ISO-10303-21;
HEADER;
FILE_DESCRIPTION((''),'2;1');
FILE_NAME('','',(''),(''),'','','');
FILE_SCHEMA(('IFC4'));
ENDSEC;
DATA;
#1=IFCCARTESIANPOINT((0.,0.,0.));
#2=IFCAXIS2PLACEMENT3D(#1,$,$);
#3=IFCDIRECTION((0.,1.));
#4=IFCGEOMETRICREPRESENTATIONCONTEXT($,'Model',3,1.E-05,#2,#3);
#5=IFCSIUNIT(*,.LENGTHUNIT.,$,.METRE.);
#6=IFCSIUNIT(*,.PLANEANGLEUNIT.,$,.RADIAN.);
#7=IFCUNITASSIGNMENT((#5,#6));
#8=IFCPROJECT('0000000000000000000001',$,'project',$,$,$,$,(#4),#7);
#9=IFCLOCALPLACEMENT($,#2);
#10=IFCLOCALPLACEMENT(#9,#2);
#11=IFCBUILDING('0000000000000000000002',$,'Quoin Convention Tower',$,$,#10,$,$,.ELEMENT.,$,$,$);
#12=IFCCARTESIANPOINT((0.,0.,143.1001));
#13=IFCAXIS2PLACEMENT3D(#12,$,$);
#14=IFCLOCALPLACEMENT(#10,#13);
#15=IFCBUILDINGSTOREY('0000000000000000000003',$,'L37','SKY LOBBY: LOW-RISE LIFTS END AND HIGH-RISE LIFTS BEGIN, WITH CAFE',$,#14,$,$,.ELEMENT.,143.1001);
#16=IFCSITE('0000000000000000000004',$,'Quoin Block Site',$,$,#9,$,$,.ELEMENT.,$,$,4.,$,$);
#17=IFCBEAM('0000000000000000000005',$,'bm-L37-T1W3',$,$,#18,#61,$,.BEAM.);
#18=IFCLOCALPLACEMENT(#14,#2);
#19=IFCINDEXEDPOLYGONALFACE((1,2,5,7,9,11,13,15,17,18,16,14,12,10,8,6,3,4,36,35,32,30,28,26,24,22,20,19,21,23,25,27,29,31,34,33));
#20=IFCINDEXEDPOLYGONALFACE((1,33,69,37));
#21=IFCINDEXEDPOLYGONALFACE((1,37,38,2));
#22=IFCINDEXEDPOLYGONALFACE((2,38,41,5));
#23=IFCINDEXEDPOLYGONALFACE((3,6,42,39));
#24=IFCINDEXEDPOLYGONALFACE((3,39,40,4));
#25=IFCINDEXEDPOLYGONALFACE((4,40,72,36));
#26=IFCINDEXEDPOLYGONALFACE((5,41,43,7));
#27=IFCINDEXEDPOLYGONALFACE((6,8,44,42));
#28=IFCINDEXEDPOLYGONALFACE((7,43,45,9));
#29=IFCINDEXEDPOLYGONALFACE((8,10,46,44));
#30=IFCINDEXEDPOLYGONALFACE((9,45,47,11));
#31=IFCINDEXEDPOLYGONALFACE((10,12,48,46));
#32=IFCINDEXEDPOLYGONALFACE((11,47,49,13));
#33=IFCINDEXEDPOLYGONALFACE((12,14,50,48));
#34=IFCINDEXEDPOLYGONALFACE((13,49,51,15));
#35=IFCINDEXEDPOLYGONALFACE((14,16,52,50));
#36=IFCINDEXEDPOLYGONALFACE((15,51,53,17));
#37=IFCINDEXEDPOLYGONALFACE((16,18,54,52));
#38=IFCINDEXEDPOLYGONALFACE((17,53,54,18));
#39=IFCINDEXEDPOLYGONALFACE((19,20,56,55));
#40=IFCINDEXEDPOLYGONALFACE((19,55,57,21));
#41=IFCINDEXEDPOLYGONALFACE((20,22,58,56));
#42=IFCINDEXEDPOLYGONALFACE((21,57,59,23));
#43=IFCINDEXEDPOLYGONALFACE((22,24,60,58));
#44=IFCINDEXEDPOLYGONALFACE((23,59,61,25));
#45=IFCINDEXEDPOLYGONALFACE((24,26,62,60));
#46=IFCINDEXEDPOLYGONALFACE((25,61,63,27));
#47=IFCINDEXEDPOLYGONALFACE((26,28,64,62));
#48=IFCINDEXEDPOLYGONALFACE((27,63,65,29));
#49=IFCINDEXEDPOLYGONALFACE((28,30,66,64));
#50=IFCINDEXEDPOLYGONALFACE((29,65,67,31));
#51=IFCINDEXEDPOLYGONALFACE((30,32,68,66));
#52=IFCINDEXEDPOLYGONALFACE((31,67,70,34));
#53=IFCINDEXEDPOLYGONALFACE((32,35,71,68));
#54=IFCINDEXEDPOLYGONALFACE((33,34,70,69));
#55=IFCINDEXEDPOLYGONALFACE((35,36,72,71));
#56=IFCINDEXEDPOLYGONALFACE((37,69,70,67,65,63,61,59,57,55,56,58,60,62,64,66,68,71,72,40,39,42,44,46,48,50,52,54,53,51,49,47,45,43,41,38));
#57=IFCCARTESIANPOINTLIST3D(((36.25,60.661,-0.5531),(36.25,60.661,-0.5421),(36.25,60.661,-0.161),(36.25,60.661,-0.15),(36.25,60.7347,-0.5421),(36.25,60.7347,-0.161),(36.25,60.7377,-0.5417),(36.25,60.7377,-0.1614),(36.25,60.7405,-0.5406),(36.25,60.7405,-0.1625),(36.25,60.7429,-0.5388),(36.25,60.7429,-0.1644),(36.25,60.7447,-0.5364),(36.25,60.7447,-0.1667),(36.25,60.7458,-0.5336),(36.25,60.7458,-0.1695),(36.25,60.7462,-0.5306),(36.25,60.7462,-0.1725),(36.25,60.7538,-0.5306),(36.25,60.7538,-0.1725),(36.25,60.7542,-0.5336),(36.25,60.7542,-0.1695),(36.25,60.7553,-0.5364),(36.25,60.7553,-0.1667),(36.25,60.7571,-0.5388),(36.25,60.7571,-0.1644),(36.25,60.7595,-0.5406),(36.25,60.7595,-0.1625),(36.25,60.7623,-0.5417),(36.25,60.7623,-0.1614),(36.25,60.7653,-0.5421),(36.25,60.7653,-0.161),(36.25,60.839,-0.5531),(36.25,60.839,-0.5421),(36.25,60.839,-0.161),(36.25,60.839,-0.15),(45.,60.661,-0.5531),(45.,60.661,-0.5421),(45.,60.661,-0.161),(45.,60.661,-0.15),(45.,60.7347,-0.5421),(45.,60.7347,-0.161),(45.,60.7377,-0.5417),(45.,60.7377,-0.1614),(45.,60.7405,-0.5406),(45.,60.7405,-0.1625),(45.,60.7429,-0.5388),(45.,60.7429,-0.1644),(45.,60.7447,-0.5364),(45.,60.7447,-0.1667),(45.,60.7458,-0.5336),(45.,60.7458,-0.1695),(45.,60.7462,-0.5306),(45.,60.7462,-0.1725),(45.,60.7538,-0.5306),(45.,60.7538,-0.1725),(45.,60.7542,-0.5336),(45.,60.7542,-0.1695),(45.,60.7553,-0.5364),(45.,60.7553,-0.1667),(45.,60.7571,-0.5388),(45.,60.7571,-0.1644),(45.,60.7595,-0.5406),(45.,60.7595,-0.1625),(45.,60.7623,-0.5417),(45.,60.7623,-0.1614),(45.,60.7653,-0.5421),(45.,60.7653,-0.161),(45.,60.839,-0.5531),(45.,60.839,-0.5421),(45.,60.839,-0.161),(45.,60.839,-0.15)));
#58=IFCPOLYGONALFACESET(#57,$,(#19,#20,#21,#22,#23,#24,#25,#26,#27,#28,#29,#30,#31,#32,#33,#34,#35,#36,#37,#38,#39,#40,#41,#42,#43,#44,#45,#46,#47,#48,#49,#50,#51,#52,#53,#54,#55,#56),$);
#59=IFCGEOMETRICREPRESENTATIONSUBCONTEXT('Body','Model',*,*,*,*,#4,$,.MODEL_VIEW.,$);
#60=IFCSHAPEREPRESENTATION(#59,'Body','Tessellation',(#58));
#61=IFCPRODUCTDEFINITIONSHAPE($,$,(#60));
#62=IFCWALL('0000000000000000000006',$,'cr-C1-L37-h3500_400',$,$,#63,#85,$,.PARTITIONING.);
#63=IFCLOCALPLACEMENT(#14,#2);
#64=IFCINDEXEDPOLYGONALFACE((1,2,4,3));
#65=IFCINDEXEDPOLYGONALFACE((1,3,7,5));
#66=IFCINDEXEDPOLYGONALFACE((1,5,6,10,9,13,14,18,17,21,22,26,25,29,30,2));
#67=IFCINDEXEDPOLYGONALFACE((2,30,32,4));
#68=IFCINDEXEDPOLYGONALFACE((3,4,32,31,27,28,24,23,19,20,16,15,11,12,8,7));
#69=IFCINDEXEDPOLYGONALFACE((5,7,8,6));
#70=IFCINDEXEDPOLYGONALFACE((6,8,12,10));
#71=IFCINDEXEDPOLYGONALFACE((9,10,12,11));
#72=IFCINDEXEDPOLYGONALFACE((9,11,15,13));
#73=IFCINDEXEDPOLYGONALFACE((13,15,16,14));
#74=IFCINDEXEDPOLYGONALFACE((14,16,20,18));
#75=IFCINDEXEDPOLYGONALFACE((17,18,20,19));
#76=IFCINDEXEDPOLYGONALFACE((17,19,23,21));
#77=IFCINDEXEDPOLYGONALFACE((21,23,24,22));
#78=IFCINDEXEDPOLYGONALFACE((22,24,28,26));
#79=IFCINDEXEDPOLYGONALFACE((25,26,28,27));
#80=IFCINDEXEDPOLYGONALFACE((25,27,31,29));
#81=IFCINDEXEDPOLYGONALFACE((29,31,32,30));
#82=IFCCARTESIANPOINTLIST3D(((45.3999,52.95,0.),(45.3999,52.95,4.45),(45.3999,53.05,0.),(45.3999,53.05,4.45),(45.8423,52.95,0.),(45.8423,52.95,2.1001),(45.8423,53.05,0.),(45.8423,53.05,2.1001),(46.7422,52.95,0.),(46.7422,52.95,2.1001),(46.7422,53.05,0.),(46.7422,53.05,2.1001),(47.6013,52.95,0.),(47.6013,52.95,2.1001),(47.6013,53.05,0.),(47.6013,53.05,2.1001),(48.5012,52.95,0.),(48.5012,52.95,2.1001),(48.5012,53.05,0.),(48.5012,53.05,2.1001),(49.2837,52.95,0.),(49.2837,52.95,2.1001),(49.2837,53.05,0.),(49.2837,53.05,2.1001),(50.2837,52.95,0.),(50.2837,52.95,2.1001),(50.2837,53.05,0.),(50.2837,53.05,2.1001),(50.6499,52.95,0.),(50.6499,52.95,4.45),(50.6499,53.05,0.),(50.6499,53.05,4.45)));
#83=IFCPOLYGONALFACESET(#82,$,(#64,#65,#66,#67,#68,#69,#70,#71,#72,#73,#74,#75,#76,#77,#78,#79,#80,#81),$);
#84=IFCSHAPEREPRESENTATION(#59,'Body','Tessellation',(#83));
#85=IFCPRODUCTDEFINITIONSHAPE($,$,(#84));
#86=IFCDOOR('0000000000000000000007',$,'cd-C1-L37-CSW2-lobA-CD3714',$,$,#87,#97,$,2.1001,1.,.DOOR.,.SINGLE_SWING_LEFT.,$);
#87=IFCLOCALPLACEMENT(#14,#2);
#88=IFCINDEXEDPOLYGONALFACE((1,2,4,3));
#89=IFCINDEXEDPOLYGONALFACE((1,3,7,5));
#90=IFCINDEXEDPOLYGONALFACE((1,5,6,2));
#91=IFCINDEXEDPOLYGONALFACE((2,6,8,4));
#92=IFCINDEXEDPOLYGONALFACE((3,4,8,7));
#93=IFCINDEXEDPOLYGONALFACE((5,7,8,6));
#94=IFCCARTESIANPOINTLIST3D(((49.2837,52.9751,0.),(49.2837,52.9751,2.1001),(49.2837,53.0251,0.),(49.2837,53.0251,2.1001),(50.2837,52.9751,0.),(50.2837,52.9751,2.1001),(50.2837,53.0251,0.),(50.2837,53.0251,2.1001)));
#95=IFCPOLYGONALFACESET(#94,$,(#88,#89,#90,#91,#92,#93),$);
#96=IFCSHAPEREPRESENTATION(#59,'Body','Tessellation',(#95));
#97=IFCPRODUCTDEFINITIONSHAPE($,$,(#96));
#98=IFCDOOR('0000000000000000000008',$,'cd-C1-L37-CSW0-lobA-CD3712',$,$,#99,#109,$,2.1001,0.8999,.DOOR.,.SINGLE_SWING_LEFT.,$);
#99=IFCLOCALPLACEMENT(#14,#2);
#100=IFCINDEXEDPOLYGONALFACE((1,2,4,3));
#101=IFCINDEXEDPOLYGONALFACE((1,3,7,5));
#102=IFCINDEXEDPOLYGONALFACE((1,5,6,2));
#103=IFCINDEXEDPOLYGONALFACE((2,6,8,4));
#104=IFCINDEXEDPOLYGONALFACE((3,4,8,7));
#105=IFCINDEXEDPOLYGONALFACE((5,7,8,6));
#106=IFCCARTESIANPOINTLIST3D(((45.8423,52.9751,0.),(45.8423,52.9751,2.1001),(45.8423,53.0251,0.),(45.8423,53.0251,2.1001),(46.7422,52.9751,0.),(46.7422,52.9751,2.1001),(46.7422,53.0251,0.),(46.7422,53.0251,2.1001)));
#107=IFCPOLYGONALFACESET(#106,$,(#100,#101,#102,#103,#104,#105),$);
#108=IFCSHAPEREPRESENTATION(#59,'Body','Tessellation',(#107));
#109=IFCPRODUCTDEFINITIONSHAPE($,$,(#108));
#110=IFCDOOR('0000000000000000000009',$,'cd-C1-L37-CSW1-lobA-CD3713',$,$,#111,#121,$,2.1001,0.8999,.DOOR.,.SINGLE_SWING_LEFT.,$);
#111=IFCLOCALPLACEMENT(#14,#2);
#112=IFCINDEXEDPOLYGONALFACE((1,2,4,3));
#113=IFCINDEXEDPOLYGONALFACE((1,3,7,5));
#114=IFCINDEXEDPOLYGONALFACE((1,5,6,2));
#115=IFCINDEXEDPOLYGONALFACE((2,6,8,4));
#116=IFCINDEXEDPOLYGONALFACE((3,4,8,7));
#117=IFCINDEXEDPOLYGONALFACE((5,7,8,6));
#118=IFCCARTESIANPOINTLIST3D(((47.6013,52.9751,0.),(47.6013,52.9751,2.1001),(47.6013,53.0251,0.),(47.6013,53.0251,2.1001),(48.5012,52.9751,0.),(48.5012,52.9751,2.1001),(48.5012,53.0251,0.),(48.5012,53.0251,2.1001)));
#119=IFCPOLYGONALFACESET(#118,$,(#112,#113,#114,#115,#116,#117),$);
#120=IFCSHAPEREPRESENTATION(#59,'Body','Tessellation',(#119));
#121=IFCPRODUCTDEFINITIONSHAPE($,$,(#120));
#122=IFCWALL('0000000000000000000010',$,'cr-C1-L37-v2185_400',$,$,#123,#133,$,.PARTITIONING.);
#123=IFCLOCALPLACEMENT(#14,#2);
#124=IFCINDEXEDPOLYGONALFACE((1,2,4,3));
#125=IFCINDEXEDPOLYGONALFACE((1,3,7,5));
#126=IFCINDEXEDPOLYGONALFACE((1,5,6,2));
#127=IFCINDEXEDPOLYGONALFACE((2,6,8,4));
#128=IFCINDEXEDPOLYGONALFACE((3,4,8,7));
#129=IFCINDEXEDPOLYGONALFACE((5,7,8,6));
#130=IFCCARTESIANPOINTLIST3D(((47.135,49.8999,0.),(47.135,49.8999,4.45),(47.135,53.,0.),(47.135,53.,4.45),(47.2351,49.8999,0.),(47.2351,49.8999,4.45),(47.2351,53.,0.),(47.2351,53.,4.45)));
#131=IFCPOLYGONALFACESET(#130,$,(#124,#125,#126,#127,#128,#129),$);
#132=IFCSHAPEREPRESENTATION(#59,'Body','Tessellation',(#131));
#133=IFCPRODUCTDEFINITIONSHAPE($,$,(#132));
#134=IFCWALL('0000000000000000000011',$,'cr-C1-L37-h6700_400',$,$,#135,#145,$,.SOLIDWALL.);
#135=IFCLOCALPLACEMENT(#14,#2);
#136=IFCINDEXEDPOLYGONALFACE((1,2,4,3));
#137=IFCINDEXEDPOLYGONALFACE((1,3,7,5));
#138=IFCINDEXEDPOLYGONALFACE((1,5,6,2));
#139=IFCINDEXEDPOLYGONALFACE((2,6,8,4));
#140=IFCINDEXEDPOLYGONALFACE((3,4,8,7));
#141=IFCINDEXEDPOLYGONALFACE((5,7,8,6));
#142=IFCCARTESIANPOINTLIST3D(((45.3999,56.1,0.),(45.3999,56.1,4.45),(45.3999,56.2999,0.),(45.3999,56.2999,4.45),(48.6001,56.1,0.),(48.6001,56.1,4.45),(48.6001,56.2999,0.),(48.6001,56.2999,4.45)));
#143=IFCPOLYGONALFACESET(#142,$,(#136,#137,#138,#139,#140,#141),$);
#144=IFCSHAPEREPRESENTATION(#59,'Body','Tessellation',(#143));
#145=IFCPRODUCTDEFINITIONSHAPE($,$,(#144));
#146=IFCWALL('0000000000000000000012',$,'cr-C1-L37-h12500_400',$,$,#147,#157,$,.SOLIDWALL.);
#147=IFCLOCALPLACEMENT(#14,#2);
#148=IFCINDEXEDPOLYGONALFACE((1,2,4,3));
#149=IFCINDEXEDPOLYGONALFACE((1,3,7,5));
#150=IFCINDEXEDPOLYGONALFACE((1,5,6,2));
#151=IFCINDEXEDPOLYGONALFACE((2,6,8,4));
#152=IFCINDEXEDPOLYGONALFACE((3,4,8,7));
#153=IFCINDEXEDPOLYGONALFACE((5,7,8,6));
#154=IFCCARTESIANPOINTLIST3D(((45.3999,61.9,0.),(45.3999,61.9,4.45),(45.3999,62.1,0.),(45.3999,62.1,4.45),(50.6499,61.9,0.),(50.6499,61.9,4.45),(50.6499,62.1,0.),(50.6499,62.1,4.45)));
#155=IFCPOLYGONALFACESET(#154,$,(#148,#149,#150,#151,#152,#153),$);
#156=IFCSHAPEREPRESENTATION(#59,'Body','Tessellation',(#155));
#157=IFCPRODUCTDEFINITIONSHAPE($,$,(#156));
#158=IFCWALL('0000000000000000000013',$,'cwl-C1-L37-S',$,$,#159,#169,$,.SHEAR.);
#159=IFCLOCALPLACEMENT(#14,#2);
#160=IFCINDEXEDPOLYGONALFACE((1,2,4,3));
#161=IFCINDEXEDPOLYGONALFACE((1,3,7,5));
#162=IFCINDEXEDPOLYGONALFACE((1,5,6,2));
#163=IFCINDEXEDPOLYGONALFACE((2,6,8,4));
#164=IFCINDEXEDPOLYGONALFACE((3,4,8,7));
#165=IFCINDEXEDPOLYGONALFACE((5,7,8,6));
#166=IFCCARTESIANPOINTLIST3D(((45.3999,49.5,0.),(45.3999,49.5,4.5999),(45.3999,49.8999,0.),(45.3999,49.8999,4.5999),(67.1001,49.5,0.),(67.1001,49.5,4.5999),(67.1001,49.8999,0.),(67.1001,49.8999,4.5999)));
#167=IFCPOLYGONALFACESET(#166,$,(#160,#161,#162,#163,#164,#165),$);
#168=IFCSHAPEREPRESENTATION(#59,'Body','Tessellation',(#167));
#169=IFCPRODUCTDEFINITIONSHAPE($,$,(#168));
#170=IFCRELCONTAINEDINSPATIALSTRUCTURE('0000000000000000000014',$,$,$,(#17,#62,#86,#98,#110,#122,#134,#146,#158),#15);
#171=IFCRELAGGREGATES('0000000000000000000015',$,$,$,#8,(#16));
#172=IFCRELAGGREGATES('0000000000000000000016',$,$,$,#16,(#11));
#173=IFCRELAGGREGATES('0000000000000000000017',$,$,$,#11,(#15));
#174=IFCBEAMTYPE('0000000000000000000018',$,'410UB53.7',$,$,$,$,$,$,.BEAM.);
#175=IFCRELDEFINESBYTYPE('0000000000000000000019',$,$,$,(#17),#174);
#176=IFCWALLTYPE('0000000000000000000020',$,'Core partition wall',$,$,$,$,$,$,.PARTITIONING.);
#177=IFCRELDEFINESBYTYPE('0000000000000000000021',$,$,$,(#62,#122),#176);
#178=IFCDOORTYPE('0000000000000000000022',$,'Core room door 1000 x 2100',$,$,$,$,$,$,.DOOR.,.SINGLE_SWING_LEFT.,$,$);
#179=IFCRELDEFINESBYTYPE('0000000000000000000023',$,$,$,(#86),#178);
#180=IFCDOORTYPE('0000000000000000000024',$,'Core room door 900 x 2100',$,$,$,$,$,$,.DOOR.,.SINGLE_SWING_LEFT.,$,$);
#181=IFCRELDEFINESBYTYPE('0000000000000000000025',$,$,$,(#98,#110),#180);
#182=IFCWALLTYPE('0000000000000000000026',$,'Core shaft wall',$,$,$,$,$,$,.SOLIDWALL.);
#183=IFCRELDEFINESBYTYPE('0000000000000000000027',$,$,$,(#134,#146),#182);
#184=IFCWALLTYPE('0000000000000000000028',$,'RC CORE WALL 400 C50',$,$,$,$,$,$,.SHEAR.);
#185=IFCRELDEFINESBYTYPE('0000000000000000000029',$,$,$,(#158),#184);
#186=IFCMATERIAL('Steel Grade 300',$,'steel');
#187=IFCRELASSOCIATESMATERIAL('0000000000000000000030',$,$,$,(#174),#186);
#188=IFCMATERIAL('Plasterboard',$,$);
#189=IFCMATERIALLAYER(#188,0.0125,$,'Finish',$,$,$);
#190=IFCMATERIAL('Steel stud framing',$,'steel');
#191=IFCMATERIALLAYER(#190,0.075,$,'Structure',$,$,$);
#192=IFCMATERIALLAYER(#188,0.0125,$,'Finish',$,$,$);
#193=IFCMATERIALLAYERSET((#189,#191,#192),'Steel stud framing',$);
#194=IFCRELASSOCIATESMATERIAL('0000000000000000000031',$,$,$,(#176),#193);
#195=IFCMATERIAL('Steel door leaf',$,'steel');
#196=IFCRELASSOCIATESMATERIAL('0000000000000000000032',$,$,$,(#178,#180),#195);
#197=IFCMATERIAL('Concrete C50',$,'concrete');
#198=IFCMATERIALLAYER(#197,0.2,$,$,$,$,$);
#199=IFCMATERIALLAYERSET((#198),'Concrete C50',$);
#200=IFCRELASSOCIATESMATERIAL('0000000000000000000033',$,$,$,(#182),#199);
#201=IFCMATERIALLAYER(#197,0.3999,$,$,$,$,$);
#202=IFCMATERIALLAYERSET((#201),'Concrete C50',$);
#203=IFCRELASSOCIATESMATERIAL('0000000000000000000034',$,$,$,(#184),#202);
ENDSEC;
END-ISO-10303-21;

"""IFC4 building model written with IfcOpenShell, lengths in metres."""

from ifc_helpers import new_model, si_unit, direction, frame, frame_2d, origin, origin_2d, place, context, subcontext, project, spatial, rectangle, i_section, extrude, material, layer, layer_set, material_profile, profile_set, type_object, element, fill, save


model = new_model("IFC4")

# Units and contexts
model_context = context("Model", 3, precision=1e-05, world=origin(), true_north=direction((0.0, 1.0)))
body_context = subcontext(model_context, "Body", "Model", "MODEL_VIEW")
ifc_project = project(units=[si_unit("LENGTHUNIT", "METRE"), si_unit("PLANEANGLEUNIT", "RADIAN")], contexts=[model_context])

# Site, building, storey
site_placement = place(None, origin())
site = spatial("IfcSite", under=ifc_project, at=site_placement, Name="Quoin Block Site", CompositionType="ELEMENT", RefElevation=4.0)
building_placement = place(site_placement, origin())
building = spatial("IfcBuilding", under=site, at=building_placement, Name="Quoin Convention Tower", CompositionType="ELEMENT")
storey_placement = place(building_placement, frame((0.0, 0.0, 143.1001)))
storey = spatial("IfcBuildingStorey", under=building, at=storey_placement, Name="L37", Description="SKY LOBBY: LOW-RISE LIFTS END AND HIGH-RISE LIFTS BEGIN, WITH CAFE", CompositionType="ELEMENT", Elevation=143.1001)

# Shared definitions
ifc_material_1 = material(Name="Concrete C50", Category="concrete")

# Beam
ifc_material_2 = material(Name="Steel Grade 300", Category="steel")
ifc_material_profile_1 = material_profile(ifc_material_2, i_section(OverallWidth=0.178, OverallDepth=0.4031, WebThickness=0.0076, FlangeThickness=0.011, FilletRadius=0.0115, at=origin_2d()), Name="410UB53.7")
ifc_profile_set_1 = profile_set([ifc_material_profile_1], Name="Steel Grade 300")
beam_type = type_object("IfcBeamType", Name="410UB53.7", PredefinedType="BEAM", material=ifc_profile_set_1)
for number, where, z_axis, x_axis, name in (
    (1, (36.25, 60.75, -0.3516), (1.0, 0.0, 0.0), (0.0, 1.0, 0.0), "bm-L37-T1W3"),
):
    element("IfcBeam", number, at=place(storey_placement, frame(where, z_axis=z_axis, x_axis=x_axis)), inside=storey, type_object=beam_type, Name=name, PredefinedType="BEAM", context=body_context, shape_type="SweptSolid", body=[
        extrude(i_section(OverallWidth=0.178, OverallDepth=0.4031, WebThickness=0.0076, FlangeThickness=0.011, FilletRadius=0.0115, at=origin_2d()), origin(), (0.0, 0.0, 1.0), 8.75),
    ])

# Wall, openings, doors
ifc_material_3 = material(Name="Plasterboard")
ifc_layer_1 = layer(ifc_material_3, 0.0125, Name="Finish")
ifc_material_4 = material(Name="Steel stud framing", Category="steel")
ifc_layer_2 = layer(ifc_material_4, 0.075, Name="Structure")
ifc_layer_3 = layer(ifc_material_3, 0.0125, Name="Finish")
ifc_layer_set_1 = layer_set([ifc_layer_1, ifc_layer_2, ifc_layer_3], Name="Steel stud framing")
wall_type_1 = type_object("IfcWallType", Name="Core partition wall", PredefinedType="PARTITIONING", material=ifc_layer_set_1)
wall_1_placement = place(storey_placement, frame((45.3999, 53.0, 0.0), z_axis=(0.0, 0.0, 1.0), x_axis=(1.0, 0.0, 0.0)))
wall_1 = element("IfcWall", 2, at=wall_1_placement, inside=storey, type_object=wall_type_1, Name="cr-C1-L37-h3500_400", PredefinedType="PARTITIONING", context=body_context, shape_type="SweptSolid", body=[
    extrude(rectangle(XDim=5.25, YDim=0.1001, at=frame_2d((2.625, 0.0))), origin(), (0.0, 0.0, 1.0), 4.45),
])
opening_1_placement = place(wall_1_placement, frame((0.4424, 0.0, 0.0)))
opening_1 = element("IfcOpeningElement", 3, at=opening_1_placement, cuts=wall_1, PredefinedType="OPENING", context=body_context, shape_type="SweptSolid", body=[
    extrude(rectangle(XDim=0.8999, YDim=2.1001, at=frame_2d((0.45, 1.05))), frame((0.0, 0.0601, 0.0), z_axis=(0.0, -1.0, 0.0), x_axis=(1.0, 0.0, 0.0)), (0.0, 0.0, 1.0), 0.1201),
])
opening_2_placement = place(wall_1_placement, frame((2.2014, 0.0, 0.0)))
opening_2 = element("IfcOpeningElement", 4, at=opening_2_placement, cuts=wall_1, PredefinedType="OPENING", context=body_context, shape_type="SweptSolid", body=[
    extrude(rectangle(XDim=0.8999, YDim=2.1001, at=frame_2d((0.45, 1.05))), frame((0.0, 0.0601, 0.0), z_axis=(0.0, -1.0, 0.0), x_axis=(1.0, 0.0, 0.0)), (0.0, 0.0, 1.0), 0.1201),
])
opening_3_placement = place(wall_1_placement, frame((3.8838, 0.0, 0.0)))
opening_3 = element("IfcOpeningElement", 5, at=opening_3_placement, cuts=wall_1, PredefinedType="OPENING", context=body_context, shape_type="SweptSolid", body=[
    extrude(rectangle(XDim=1.0, YDim=2.1001, at=frame_2d((0.5, 1.05))), frame((0.0, 0.0601, 0.0), z_axis=(0.0, -1.0, 0.0), x_axis=(1.0, 0.0, 0.0)), (0.0, 0.0, 1.0), 0.1201),
])
ifc_material_5 = material(Name="Steel door leaf", Category="steel")
door_type_1 = type_object("IfcDoorType", Name="Core room door 1000 x 2100", OperationType="SINGLE_SWING_LEFT", PredefinedType="DOOR", material=ifc_material_5)
door_1_placement = place(opening_3_placement, frame((1.0, 0.0, 0.0), z_axis=(0.0, 0.0, 1.0), x_axis=(-1.0, 0.0, 0.0)))
door_1 = element("IfcDoor", 6, at=door_1_placement, inside=storey, type_object=door_type_1, Name="cd-C1-L37-CSW2-lobA-CD3714", OperationType="SINGLE_SWING_LEFT", OverallHeight=2.1001, OverallWidth=1.0, PredefinedType="DOOR", context=body_context, shape_type="SweptSolid", body=[
    extrude(rectangle(XDim=1.0, YDim=2.1001, at=frame_2d((0.5, 1.05))), frame((0.0, 0.0249, 0.0), z_axis=(0.0, -1.0, 0.0), x_axis=(1.0, 0.0, 0.0)), (0.0, 0.0, 1.0), 0.05),
])
fill(opening_3, door_1)
door_type_2 = type_object("IfcDoorType", Name="Core room door 900 x 2100", OperationType="SINGLE_SWING_LEFT", PredefinedType="DOOR", material=ifc_material_5)
door_2_placement = place(opening_1_placement, frame((0.8999, 0.0, 0.0), z_axis=(0.0, 0.0, 1.0), x_axis=(-1.0, 0.0, 0.0)))
door_2 = element("IfcDoor", 7, at=door_2_placement, inside=storey, type_object=door_type_2, Name="cd-C1-L37-CSW0-lobA-CD3712", OperationType="SINGLE_SWING_LEFT", OverallHeight=2.1001, OverallWidth=0.8999, PredefinedType="DOOR", context=body_context, shape_type="SweptSolid", body=[
    extrude(rectangle(XDim=0.8999, YDim=2.1001, at=frame_2d((0.45, 1.05))), frame((0.0, 0.0249, 0.0), z_axis=(0.0, -1.0, 0.0), x_axis=(1.0, 0.0, 0.0)), (0.0, 0.0, 1.0), 0.05),
])
fill(opening_1, door_2)
door_3_placement = place(opening_2_placement, frame((0.8999, 0.0, 0.0), z_axis=(0.0, 0.0, 1.0), x_axis=(-1.0, 0.0, 0.0)))
door_3 = element("IfcDoor", 8, at=door_3_placement, inside=storey, type_object=door_type_2, Name="cd-C1-L37-CSW1-lobA-CD3713", OperationType="SINGLE_SWING_LEFT", OverallHeight=2.1001, OverallWidth=0.8999, PredefinedType="DOOR", context=body_context, shape_type="SweptSolid", body=[
    extrude(rectangle(XDim=0.8999, YDim=2.1001, at=frame_2d((0.45, 1.05))), frame((0.0, 0.0249, 0.0), z_axis=(0.0, -1.0, 0.0), x_axis=(1.0, 0.0, 0.0)), (0.0, 0.0, 1.0), 0.05),
])
fill(opening_2, door_3)

# Walls
wall_2_placement = place(storey_placement, frame((47.1851, 49.8999, 0.0), z_axis=(0.0, 0.0, 1.0), x_axis=(0.0, 1.0, 0.0)))
element("IfcWall", 9, at=wall_2_placement, inside=storey, type_object=wall_type_1, Name="cr-C1-L37-v2185_400", PredefinedType="PARTITIONING", context=body_context, shape_type="SweptSolid", body=[
    extrude(rectangle(XDim=3.1001, YDim=0.1001, at=frame_2d((1.55, 0.0))), origin(), (0.0, 0.0, 1.0), 4.45),
])
ifc_layer_4 = layer(ifc_material_1, 0.2)
ifc_layer_set_2 = layer_set([ifc_layer_4], Name="Concrete C50")
wall_type_2 = type_object("IfcWallType", Name="Core shaft wall", PredefinedType="SOLIDWALL", material=ifc_layer_set_2)
wall_3_placement = place(storey_placement, frame((45.3999, 56.2, 0.0), z_axis=(0.0, 0.0, 1.0), x_axis=(1.0, 0.0, 0.0)))
element("IfcWall", 10, at=wall_3_placement, inside=storey, type_object=wall_type_2, Name="cr-C1-L37-h6700_400", PredefinedType="SOLIDWALL", context=body_context, shape_type="SweptSolid", body=[
    extrude(rectangle(XDim=3.2002, YDim=0.2, at=frame_2d((1.6001, 0.0))), origin(), (0.0, 0.0, 1.0), 4.45),
])
wall_4_placement = place(storey_placement, frame((45.3999, 62.0, 0.0), z_axis=(0.0, 0.0, 1.0), x_axis=(1.0, 0.0, 0.0)))
element("IfcWall", 11, at=wall_4_placement, inside=storey, type_object=wall_type_2, Name="cr-C1-L37-h12500_400", PredefinedType="SOLIDWALL", context=body_context, shape_type="SweptSolid", body=[
    extrude(rectangle(XDim=5.25, YDim=0.2, at=frame_2d((2.625, 0.0))), origin(), (0.0, 0.0, 1.0), 4.45),
])
ifc_layer_5 = layer(ifc_material_1, 0.3999)
ifc_layer_set_3 = layer_set([ifc_layer_5], Name="Concrete C50")
wall_type_3 = type_object("IfcWallType", Name="RC CORE WALL 400 C50", PredefinedType="SHEAR", material=ifc_layer_set_3)
wall_5_placement = place(storey_placement, frame((45.3999, 49.7, 0.0), z_axis=(0.0, 0.0, 1.0), x_axis=(1.0, 0.0, 0.0)))
element("IfcWall", 12, at=wall_5_placement, inside=storey, type_object=wall_type_3, Name="cwl-C1-L37-S", PredefinedType="SHEAR", context=body_context, shape_type="SweptSolid", body=[
    extrude(rectangle(XDim=21.7002, YDim=0.3999, at=frame_2d((10.8501, 0.0))), origin(), (0.0, 0.0, 1.0), 4.5999),
])

save(model, "model.ifc")
